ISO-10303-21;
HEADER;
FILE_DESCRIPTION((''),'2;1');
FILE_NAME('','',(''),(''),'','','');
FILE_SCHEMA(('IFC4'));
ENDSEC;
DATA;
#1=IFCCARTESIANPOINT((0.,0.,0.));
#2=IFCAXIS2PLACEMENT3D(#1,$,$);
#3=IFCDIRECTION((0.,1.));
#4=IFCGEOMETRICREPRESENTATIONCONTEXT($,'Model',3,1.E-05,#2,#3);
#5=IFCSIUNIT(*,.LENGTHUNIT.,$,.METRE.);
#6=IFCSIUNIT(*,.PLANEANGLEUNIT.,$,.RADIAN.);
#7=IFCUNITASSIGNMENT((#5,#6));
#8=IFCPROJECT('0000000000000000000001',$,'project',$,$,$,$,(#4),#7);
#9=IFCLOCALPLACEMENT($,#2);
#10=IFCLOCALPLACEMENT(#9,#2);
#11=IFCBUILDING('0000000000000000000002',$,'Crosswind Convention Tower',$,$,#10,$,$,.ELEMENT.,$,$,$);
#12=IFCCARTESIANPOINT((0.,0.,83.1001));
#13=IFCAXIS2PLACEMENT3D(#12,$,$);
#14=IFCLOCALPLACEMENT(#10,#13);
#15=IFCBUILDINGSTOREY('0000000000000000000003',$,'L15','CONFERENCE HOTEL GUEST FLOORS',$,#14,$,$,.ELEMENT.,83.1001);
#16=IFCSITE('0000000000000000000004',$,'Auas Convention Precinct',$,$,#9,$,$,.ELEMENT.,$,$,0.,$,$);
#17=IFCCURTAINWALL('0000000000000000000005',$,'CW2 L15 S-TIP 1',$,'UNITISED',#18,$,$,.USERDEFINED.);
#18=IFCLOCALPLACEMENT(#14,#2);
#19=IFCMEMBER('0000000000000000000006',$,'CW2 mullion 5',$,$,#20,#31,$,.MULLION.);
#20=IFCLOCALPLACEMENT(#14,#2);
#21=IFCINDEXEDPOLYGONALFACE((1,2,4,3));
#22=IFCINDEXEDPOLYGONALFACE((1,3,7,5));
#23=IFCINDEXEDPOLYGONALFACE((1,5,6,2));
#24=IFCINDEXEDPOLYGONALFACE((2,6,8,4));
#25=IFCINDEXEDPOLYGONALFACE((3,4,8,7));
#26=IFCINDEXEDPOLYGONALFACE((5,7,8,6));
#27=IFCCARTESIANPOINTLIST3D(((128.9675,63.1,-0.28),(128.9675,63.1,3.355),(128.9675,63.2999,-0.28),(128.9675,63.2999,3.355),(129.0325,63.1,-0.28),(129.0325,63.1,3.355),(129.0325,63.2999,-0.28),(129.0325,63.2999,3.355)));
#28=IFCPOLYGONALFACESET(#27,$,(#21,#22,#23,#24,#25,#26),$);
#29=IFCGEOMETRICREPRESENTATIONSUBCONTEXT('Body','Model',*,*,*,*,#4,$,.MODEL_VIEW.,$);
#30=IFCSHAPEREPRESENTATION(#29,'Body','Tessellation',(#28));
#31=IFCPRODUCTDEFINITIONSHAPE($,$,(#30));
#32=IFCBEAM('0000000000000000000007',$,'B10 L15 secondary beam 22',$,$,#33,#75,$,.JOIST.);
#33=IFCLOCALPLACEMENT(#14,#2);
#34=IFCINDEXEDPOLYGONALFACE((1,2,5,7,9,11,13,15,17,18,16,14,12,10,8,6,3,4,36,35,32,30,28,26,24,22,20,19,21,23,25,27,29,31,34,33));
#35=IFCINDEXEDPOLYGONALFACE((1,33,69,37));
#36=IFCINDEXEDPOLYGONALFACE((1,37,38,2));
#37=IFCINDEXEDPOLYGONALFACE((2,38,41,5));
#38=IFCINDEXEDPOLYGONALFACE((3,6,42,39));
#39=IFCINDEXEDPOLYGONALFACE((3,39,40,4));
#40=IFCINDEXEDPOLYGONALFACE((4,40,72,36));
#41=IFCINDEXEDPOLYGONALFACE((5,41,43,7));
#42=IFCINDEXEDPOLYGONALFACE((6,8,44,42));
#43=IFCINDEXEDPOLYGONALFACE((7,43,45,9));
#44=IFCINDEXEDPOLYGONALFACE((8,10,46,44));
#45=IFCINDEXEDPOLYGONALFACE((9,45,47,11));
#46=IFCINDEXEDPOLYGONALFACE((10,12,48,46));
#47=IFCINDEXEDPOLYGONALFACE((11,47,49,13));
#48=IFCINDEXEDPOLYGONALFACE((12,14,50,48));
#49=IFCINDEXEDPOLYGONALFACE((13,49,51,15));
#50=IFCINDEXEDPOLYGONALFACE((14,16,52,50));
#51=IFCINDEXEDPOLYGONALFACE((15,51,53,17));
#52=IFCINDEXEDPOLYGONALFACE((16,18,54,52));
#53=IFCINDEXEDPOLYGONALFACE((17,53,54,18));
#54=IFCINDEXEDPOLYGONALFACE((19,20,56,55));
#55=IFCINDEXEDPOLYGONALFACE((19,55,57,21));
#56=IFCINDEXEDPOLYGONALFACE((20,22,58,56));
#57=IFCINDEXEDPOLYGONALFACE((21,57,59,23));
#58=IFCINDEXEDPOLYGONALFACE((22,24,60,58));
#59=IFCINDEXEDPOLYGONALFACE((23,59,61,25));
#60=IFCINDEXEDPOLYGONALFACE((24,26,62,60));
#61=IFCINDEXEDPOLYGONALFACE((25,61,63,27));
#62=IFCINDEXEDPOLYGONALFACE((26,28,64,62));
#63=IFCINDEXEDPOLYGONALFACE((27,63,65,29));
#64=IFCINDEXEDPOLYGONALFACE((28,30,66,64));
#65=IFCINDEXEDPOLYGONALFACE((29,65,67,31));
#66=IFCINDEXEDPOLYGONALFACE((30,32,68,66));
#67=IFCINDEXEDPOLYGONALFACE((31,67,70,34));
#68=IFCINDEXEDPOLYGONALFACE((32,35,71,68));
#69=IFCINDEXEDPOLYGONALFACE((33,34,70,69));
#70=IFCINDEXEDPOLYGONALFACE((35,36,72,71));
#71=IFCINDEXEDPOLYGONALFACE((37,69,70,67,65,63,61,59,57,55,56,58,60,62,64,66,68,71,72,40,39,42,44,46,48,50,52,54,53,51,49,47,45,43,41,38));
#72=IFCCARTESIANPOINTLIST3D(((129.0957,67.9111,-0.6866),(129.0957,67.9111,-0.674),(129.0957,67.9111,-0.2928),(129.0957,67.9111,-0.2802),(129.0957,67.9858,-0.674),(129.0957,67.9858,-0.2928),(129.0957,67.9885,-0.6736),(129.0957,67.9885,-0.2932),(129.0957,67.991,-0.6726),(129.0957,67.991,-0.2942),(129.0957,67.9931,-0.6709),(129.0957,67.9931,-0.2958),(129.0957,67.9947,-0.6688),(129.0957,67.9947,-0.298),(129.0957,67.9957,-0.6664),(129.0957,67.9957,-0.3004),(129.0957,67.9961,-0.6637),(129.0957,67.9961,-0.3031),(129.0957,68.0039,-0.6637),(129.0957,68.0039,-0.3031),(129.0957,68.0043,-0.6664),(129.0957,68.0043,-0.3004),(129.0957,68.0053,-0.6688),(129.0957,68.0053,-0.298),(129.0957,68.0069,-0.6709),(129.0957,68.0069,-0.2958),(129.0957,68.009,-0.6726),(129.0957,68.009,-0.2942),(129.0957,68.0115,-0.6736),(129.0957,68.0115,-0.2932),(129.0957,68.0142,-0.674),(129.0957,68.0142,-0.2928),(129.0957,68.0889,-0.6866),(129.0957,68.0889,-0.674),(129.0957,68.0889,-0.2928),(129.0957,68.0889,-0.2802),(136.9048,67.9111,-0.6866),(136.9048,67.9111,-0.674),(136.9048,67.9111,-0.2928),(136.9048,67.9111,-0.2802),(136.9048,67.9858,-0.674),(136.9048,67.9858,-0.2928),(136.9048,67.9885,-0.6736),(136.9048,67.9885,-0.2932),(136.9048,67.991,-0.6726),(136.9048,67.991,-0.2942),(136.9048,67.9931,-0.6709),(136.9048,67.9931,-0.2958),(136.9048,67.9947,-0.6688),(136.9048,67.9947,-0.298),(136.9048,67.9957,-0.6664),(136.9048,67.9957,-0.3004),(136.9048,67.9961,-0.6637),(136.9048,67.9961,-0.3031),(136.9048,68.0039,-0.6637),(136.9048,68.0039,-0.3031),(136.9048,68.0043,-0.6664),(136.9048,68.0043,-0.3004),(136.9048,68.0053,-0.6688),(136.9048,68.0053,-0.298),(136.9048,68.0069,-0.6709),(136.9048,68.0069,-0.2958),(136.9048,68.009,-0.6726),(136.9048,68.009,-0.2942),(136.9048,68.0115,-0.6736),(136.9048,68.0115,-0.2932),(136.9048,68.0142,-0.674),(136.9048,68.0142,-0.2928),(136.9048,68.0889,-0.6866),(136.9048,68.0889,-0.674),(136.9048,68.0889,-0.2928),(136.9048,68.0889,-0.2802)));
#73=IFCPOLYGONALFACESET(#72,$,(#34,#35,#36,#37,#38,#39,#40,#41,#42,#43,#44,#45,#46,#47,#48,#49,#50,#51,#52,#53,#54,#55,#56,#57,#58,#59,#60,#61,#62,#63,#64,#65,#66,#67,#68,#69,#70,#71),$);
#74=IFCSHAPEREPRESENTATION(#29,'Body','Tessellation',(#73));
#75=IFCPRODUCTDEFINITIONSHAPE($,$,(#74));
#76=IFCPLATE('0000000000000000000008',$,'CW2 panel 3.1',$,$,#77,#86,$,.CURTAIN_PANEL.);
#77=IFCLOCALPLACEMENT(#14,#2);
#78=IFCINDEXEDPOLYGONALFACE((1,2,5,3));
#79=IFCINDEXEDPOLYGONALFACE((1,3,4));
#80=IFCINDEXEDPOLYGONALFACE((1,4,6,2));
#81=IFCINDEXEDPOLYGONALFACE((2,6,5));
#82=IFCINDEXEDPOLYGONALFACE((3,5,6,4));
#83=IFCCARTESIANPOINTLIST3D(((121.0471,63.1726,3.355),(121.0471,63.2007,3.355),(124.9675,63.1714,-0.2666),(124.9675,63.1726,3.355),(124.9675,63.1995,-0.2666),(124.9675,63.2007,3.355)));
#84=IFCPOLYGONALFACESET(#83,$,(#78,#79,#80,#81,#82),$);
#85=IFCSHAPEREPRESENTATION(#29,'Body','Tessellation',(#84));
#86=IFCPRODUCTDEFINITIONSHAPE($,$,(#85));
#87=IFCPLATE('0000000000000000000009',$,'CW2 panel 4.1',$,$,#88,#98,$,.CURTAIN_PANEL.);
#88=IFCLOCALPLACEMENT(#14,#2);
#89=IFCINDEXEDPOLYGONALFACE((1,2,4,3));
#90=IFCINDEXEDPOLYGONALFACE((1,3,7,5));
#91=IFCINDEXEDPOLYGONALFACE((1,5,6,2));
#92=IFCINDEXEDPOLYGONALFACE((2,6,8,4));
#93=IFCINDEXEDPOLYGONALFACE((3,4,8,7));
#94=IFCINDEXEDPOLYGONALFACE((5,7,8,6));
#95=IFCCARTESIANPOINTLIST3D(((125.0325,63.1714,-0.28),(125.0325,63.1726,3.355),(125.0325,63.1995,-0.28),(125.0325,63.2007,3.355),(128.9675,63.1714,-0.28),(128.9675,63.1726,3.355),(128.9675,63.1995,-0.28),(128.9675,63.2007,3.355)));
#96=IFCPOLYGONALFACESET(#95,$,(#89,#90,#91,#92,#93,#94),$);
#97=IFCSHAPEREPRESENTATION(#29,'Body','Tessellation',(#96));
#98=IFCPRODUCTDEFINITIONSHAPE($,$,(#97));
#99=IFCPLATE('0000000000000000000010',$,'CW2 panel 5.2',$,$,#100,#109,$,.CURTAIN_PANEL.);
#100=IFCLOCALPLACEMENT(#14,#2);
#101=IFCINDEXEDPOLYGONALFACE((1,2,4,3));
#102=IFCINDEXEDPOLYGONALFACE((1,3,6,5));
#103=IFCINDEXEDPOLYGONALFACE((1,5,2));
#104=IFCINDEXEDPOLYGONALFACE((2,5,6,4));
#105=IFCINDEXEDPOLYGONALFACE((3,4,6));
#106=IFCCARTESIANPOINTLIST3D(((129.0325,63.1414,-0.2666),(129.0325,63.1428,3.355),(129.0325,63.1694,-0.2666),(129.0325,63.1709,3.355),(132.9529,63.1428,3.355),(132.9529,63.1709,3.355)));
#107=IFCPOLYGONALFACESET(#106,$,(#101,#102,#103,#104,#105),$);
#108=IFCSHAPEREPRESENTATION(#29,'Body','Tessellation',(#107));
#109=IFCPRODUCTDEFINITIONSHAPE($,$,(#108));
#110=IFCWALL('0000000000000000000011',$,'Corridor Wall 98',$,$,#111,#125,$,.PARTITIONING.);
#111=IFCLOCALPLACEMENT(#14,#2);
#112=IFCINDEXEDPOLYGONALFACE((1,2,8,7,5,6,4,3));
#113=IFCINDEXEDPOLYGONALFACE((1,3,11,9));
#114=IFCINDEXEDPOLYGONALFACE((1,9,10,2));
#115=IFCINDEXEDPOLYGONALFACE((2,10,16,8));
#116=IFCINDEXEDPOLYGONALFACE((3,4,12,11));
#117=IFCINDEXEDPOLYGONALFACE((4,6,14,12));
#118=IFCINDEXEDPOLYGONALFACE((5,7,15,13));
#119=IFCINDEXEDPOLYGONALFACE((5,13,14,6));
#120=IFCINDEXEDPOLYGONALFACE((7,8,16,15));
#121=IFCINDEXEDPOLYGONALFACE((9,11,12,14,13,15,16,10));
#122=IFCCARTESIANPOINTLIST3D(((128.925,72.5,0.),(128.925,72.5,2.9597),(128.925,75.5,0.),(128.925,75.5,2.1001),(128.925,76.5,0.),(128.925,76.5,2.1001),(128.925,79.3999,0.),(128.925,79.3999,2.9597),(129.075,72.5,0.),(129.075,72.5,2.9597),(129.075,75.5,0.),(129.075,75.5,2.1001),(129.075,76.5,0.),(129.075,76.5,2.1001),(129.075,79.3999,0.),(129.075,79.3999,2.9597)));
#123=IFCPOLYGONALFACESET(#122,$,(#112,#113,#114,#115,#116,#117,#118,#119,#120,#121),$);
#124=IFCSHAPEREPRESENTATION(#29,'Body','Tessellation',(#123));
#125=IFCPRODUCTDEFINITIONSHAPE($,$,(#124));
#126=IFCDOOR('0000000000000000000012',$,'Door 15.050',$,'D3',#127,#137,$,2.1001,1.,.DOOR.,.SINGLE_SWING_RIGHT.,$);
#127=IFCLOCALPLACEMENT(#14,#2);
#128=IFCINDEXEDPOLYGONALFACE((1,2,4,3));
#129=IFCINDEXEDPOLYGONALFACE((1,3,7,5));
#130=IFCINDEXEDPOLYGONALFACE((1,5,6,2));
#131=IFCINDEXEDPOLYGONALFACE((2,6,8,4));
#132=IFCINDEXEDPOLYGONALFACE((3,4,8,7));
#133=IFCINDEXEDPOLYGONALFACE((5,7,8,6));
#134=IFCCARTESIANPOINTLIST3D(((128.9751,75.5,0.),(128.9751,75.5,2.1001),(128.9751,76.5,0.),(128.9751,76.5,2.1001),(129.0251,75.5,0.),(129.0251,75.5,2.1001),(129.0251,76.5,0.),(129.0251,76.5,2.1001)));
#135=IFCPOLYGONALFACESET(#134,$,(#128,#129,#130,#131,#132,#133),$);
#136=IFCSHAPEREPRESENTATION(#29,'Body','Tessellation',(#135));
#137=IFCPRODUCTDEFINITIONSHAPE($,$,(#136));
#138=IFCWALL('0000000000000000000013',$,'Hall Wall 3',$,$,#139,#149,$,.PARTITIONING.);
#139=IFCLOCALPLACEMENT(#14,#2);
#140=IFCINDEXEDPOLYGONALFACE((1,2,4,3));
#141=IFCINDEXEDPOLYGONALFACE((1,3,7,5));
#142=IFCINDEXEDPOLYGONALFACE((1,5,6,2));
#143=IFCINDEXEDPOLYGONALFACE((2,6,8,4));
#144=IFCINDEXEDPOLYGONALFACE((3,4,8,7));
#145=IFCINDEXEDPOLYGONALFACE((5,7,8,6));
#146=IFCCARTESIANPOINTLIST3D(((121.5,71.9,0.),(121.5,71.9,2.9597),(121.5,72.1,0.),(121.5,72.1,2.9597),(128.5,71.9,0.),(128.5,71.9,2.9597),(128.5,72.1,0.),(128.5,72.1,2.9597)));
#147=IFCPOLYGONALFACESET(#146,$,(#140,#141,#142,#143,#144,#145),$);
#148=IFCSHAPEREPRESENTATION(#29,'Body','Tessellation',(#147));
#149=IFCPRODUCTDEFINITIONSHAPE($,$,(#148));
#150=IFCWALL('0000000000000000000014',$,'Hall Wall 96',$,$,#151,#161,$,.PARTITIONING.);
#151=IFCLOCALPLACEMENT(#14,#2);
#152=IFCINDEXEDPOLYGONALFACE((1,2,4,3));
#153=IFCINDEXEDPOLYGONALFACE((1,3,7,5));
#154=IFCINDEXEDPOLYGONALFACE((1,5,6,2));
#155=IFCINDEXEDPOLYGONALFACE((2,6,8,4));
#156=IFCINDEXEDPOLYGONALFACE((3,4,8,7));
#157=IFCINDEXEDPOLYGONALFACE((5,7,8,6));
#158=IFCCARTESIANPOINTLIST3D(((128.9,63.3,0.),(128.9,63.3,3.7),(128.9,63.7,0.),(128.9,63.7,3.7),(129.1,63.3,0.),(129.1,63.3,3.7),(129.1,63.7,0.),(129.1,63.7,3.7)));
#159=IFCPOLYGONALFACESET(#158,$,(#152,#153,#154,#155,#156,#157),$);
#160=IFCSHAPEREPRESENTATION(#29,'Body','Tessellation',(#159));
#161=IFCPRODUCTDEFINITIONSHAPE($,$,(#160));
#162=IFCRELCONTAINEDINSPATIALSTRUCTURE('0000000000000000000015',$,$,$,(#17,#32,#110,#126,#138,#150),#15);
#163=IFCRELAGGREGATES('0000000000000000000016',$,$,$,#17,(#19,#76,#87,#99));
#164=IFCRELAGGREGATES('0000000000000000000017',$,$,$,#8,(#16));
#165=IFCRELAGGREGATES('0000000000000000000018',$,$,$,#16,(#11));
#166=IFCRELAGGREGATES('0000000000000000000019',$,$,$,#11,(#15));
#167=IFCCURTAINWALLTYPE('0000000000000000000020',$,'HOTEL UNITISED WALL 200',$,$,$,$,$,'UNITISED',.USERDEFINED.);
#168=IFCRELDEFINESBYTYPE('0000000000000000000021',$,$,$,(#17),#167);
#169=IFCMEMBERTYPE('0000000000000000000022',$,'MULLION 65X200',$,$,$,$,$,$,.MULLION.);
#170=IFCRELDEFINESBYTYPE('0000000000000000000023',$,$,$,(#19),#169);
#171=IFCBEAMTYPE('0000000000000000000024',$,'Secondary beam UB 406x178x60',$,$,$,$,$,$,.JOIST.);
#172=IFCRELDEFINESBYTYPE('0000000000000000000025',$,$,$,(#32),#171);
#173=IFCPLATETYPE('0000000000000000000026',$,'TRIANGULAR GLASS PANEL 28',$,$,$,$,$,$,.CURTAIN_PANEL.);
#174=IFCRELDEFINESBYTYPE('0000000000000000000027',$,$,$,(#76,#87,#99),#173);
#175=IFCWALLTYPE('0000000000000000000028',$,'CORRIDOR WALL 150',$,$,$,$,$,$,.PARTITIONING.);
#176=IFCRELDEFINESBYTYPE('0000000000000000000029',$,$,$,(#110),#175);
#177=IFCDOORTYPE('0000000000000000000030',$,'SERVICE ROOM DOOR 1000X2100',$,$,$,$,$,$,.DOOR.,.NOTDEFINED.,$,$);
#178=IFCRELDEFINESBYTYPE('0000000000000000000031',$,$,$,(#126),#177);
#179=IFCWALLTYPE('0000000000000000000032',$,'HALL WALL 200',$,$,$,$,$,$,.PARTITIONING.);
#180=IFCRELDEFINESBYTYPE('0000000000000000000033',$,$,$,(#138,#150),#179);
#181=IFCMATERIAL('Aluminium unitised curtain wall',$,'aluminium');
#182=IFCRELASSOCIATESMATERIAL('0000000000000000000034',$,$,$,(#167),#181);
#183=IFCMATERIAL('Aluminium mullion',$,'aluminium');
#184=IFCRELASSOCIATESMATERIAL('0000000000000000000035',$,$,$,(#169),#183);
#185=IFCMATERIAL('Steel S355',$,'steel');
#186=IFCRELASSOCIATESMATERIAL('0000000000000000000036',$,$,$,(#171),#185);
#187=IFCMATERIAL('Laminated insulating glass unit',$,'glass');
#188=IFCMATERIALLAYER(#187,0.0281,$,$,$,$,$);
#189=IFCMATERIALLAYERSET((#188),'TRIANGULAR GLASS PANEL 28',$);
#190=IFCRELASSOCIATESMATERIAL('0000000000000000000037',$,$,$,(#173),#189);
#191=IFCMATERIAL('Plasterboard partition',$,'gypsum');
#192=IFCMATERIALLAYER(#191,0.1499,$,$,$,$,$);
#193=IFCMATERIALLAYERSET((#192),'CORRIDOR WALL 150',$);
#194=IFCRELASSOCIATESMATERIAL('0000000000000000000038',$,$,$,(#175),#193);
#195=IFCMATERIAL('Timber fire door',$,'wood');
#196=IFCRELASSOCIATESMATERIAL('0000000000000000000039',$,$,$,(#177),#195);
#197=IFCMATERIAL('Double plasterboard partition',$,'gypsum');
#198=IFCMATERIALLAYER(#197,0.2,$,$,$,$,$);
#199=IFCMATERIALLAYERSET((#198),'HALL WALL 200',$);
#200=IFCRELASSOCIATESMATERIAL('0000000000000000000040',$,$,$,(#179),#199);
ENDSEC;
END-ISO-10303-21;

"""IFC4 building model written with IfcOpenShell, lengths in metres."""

from ifc_helpers import new_model, si_unit, direction, frame, frame_2d, origin, origin_2d, place, context, subcontext, project, spatial, polyline, rectangle, i_section, outline, extrude, material, layer, layer_set, material_profile, profile_set, type_object, element, fill, aggregate, save


model = new_model("IFC4")

# Units and contexts
model_context = context("Model", 3, precision=1e-05, world=origin(), true_north=direction((0.0, 1.0)))
body_context = subcontext(model_context, "Body", "Model", "MODEL_VIEW")
ifc_project = project(units=[si_unit("LENGTHUNIT", "METRE"), si_unit("PLANEANGLEUNIT", "RADIAN")], contexts=[model_context])

# Site, building, storey
site_placement = place(None, origin())
site = spatial("IfcSite", under=ifc_project, at=site_placement, Name="Auas Convention Precinct", CompositionType="ELEMENT", RefElevation=0.0)
building_placement = place(site_placement, origin())
building = spatial("IfcBuilding", under=site, at=building_placement, Name="Crosswind Convention Tower", CompositionType="ELEMENT")
storey_placement = place(building_placement, frame((0.0, 0.0, 83.1001)))
storey = spatial("IfcBuildingStorey", under=building, at=storey_placement, Name="L15", Description="CONFERENCE HOTEL GUEST FLOORS", CompositionType="ELEMENT", Elevation=83.1001)

# Shared definitions
ifc_material_1 = material(Name="Steel S355", Category="steel")

# Curtain wall, member
ifc_material_2 = material(Name="Aluminium unitised curtain wall", Category="aluminium")
curtain_wall_type = type_object("IfcCurtainWallType", Name="HOTEL UNITISED WALL 200", ElementType="UNITISED", PredefinedType="USERDEFINED", material=ifc_material_2)
curtain_wall_placement = place(storey_placement, origin())
curtain_wall = element("IfcCurtainWall", 1, at=curtain_wall_placement, inside=storey, type_object=curtain_wall_type, Name="CW2 L15 S-TIP 1", ObjectType="UNITISED", PredefinedType="USERDEFINED")
ifc_material_3 = material(Name="Aluminium mullion", Category="aluminium")
ifc_material_profile_1 = material_profile(ifc_material_3, rectangle(XDim=0.2, YDim=0.0649, at=origin_2d()), Name="AL 200X65")
ifc_profile_set_1 = profile_set([ifc_material_profile_1], Name="Aluminium mullion")
member_type = type_object("IfcMemberType", Name="MULLION 65X200", PredefinedType="MULLION", material=ifc_profile_set_1)
member_1_placement = place(storey_placement, frame((129.0, 63.2, -0.28), z_axis=(0.0, 0.0, 1.0), x_axis=(0.0, -1.0, 0.0)))
member_1 = element("IfcMember", 2, at=member_1_placement, type_object=member_type, Name="CW2 mullion 5", PredefinedType="MULLION", context=body_context, shape_type="SweptSolid", body=[
    extrude(rectangle(XDim=0.2, YDim=0.0649, at=origin_2d()), origin(), (0.0, 0.0, 1.0), 3.635),
])

# Beam
ifc_material_profile_2 = material_profile(ifc_material_1, i_section(OverallWidth=0.1777, OverallDepth=0.4065, WebThickness=0.0078, FlangeThickness=0.0127, FilletRadius=0.0103, at=origin_2d()), Name="UB 406x178x60")
ifc_profile_set_2 = profile_set([ifc_material_profile_2], Name="Steel S355")
beam_type_1 = type_object("IfcBeamType", Name="Secondary beam UB 406x178x60", PredefinedType="JOIST", material=ifc_profile_set_2)
beam_1_placement = place(storey_placement, frame((129.0957, 68.0, -0.4834), z_axis=(1.0, 0.0, 0.0), x_axis=(0.0, 1.0, 0.0)))
element("IfcBeam", 3, at=beam_1_placement, inside=storey, type_object=beam_type_1, Name="B10 L15 secondary beam 22", PredefinedType="JOIST", context=body_context, shape_type="SweptSolid", body=[
    extrude(i_section(OverallWidth=0.1777, OverallDepth=0.4065, WebThickness=0.0078, FlangeThickness=0.0127, FilletRadius=0.0103, at=origin_2d()), origin(), (0.0, 0.0, 1.0), 7.8091),
])

# Plates
ifc_material_4 = material(Name="Laminated insulating glass unit", Category="glass")
ifc_layer_1 = layer(ifc_material_4, 0.0281)
ifc_layer_set_1 = layer_set([ifc_layer_1], Name="TRIANGULAR GLASS PANEL 28")
plate_type = type_object("IfcPlateType", Name="TRIANGULAR GLASS PANEL 28", PredefinedType="CURTAIN_PANEL", material=ifc_layer_set_1)
plate_1_placement = place(storey_placement, frame((124.9675, 63.1726, 3.355), z_axis=(0.0, -1.0, 0.000337), x_axis=(-1.0, 0.0, 0.0)))
plate_1 = element("IfcPlate", 4, at=plate_1_placement, type_object=plate_type, Name="CW2 panel 3.1", PredefinedType="CURTAIN_PANEL", context=body_context, shape_type="SweptSolid", body=[
    extrude(outline(polyline([(0.0, 0.0), (3.9204, 0.0), (0.0, 3.6216), (0.0, 0.0)])), origin(), (0.0, 0.0, -1.0), 0.0281),
])
plate_2_placement = place(storey_placement, frame((125.0325, 63.1714, -0.28), z_axis=(0.0, -1.0, 0.000336), x_axis=(1.0, 0.0, 0.0)))
plate_2 = element("IfcPlate", 5, at=plate_2_placement, type_object=plate_type, Name="CW2 panel 4.1", PredefinedType="CURTAIN_PANEL", context=body_context, shape_type="SweptSolid", body=[
    extrude(outline(polyline([(0.0, 0.0), (3.9351, 0.0), (3.9351, 3.635), (0.0, 3.635), (0.0, 0.0)])), origin(), (0.0, 0.0, -1.0), 0.0281),
])
plate_3_placement = place(storey_placement, frame((129.0325, 63.1428, 3.355), z_axis=(0.0, -1.0, 0.000404), x_axis=(0.0, -0.000404, -1.0)))
plate_3 = element("IfcPlate", 6, at=plate_3_placement, type_object=plate_type, Name="CW2 panel 5.2", PredefinedType="CURTAIN_PANEL", context=body_context, shape_type="SweptSolid", body=[
    extrude(outline(polyline([(0.0, 0.0), (3.6216, 0.0), (0.0, 3.9204), (0.0, 0.0)])), origin(), (0.0, 0.0, -1.0), 0.0281),
])
aggregate(curtain_wall, [member_1, plate_1, plate_2, plate_3])

# Wall, opening, door
ifc_material_5 = material(Name="Plasterboard partition", Category="gypsum")
ifc_layer_2 = layer(ifc_material_5, 0.1499)
ifc_layer_set_2 = layer_set([ifc_layer_2], Name="CORRIDOR WALL 150")
wall_type_1 = type_object("IfcWallType", Name="CORRIDOR WALL 150", PredefinedType="PARTITIONING", material=ifc_layer_set_2)
wall_1_placement = place(storey_placement, frame((129.0, 72.5, 0.0), z_axis=(0.0, 0.0, 1.0), x_axis=(0.0, 1.0, 0.0)))
wall_1 = element("IfcWall", 7, at=wall_1_placement, inside=storey, type_object=wall_type_1, Name="Corridor Wall 98", PredefinedType="PARTITIONING", context=body_context, shape_type="SweptSolid", body=[
    extrude(rectangle(XDim=6.8999, YDim=0.1499, at=frame_2d((3.45, 0.0))), origin(), (0.0, 0.0, 1.0), 2.9597),
])
opening_1_placement = place(wall_1_placement, frame((3.0, 0.0, 0.0)))
opening_1 = element("IfcOpeningElement", 8, at=opening_1_placement, cuts=wall_1, PredefinedType="OPENING", context=body_context, shape_type="SweptSolid", body=[
    extrude(rectangle(XDim=1.0, YDim=2.1001, at=frame_2d((0.5, 1.05))), frame((0.0, 0.085, 0.0), z_axis=(0.0, -1.0, 0.0), x_axis=(1.0, 0.0, 0.0)), (0.0, 0.0, 1.0), 0.1699),
])
ifc_material_6 = material(Name="Timber fire door", Category="wood")
door_type_1 = type_object("IfcDoorType", Name="SERVICE ROOM DOOR 1000X2100", OperationType="NOTDEFINED", PredefinedType="DOOR", material=ifc_material_6)
door_1_placement = place(opening_1_placement, origin())
door_1 = element("IfcDoor", 9, at=door_1_placement, inside=storey, type_object=door_type_1, Name="Door 15.050", ObjectType="D3", OperationType="SINGLE_SWING_RIGHT", OverallHeight=2.1001, OverallWidth=1.0, PredefinedType="DOOR", context=body_context, shape_type="SweptSolid", body=[
    extrude(rectangle(XDim=1.0, YDim=2.1001, at=frame_2d((0.5, 1.05))), frame((0.0, 0.0249, 0.0), z_axis=(0.0, -1.0, 0.0), x_axis=(1.0, 0.0, 0.0)), (0.0, 0.0, 1.0), 0.05),
])
fill(opening_1, door_1)

# Walls
ifc_material_7 = material(Name="Double plasterboard partition", Category="gypsum")
ifc_layer_3 = layer(ifc_material_7, 0.2)
ifc_layer_set_3 = layer_set([ifc_layer_3], Name="HALL WALL 200")
wall_type_2 = type_object("IfcWallType", Name="HALL WALL 200", PredefinedType="PARTITIONING", material=ifc_layer_set_3)
wall_2_placement = place(storey_placement, frame((121.5, 72.0, 0.0), z_axis=(0.0, 0.0, 1.0), x_axis=(1.0, 0.0, 0.0)))
element("IfcWall", 10, at=wall_2_placement, inside=storey, type_object=wall_type_2, Name="Hall Wall 3", PredefinedType="PARTITIONING", context=body_context, shape_type="SweptSolid", body=[
    extrude(rectangle(XDim=7.0, YDim=0.2, at=frame_2d((3.5, 0.0))), origin(), (0.0, 0.0, 1.0), 2.9597),
])
wall_3_placement = place(storey_placement, frame((129.0, 63.3, 0.0), z_axis=(0.0, 0.0, 1.0), x_axis=(0.0, 1.0, 0.0)))
element("IfcWall", 11, at=wall_3_placement, inside=storey, type_object=wall_type_2, Name="Hall Wall 96", PredefinedType="PARTITIONING", context=body_context, shape_type="SweptSolid", body=[
    extrude(rectangle(XDim=0.3999, YDim=0.2, at=frame_2d((0.2, 0.0))), origin(), (0.0, 0.0, 1.0), 3.7),
])

save(model, "model.ifc")
